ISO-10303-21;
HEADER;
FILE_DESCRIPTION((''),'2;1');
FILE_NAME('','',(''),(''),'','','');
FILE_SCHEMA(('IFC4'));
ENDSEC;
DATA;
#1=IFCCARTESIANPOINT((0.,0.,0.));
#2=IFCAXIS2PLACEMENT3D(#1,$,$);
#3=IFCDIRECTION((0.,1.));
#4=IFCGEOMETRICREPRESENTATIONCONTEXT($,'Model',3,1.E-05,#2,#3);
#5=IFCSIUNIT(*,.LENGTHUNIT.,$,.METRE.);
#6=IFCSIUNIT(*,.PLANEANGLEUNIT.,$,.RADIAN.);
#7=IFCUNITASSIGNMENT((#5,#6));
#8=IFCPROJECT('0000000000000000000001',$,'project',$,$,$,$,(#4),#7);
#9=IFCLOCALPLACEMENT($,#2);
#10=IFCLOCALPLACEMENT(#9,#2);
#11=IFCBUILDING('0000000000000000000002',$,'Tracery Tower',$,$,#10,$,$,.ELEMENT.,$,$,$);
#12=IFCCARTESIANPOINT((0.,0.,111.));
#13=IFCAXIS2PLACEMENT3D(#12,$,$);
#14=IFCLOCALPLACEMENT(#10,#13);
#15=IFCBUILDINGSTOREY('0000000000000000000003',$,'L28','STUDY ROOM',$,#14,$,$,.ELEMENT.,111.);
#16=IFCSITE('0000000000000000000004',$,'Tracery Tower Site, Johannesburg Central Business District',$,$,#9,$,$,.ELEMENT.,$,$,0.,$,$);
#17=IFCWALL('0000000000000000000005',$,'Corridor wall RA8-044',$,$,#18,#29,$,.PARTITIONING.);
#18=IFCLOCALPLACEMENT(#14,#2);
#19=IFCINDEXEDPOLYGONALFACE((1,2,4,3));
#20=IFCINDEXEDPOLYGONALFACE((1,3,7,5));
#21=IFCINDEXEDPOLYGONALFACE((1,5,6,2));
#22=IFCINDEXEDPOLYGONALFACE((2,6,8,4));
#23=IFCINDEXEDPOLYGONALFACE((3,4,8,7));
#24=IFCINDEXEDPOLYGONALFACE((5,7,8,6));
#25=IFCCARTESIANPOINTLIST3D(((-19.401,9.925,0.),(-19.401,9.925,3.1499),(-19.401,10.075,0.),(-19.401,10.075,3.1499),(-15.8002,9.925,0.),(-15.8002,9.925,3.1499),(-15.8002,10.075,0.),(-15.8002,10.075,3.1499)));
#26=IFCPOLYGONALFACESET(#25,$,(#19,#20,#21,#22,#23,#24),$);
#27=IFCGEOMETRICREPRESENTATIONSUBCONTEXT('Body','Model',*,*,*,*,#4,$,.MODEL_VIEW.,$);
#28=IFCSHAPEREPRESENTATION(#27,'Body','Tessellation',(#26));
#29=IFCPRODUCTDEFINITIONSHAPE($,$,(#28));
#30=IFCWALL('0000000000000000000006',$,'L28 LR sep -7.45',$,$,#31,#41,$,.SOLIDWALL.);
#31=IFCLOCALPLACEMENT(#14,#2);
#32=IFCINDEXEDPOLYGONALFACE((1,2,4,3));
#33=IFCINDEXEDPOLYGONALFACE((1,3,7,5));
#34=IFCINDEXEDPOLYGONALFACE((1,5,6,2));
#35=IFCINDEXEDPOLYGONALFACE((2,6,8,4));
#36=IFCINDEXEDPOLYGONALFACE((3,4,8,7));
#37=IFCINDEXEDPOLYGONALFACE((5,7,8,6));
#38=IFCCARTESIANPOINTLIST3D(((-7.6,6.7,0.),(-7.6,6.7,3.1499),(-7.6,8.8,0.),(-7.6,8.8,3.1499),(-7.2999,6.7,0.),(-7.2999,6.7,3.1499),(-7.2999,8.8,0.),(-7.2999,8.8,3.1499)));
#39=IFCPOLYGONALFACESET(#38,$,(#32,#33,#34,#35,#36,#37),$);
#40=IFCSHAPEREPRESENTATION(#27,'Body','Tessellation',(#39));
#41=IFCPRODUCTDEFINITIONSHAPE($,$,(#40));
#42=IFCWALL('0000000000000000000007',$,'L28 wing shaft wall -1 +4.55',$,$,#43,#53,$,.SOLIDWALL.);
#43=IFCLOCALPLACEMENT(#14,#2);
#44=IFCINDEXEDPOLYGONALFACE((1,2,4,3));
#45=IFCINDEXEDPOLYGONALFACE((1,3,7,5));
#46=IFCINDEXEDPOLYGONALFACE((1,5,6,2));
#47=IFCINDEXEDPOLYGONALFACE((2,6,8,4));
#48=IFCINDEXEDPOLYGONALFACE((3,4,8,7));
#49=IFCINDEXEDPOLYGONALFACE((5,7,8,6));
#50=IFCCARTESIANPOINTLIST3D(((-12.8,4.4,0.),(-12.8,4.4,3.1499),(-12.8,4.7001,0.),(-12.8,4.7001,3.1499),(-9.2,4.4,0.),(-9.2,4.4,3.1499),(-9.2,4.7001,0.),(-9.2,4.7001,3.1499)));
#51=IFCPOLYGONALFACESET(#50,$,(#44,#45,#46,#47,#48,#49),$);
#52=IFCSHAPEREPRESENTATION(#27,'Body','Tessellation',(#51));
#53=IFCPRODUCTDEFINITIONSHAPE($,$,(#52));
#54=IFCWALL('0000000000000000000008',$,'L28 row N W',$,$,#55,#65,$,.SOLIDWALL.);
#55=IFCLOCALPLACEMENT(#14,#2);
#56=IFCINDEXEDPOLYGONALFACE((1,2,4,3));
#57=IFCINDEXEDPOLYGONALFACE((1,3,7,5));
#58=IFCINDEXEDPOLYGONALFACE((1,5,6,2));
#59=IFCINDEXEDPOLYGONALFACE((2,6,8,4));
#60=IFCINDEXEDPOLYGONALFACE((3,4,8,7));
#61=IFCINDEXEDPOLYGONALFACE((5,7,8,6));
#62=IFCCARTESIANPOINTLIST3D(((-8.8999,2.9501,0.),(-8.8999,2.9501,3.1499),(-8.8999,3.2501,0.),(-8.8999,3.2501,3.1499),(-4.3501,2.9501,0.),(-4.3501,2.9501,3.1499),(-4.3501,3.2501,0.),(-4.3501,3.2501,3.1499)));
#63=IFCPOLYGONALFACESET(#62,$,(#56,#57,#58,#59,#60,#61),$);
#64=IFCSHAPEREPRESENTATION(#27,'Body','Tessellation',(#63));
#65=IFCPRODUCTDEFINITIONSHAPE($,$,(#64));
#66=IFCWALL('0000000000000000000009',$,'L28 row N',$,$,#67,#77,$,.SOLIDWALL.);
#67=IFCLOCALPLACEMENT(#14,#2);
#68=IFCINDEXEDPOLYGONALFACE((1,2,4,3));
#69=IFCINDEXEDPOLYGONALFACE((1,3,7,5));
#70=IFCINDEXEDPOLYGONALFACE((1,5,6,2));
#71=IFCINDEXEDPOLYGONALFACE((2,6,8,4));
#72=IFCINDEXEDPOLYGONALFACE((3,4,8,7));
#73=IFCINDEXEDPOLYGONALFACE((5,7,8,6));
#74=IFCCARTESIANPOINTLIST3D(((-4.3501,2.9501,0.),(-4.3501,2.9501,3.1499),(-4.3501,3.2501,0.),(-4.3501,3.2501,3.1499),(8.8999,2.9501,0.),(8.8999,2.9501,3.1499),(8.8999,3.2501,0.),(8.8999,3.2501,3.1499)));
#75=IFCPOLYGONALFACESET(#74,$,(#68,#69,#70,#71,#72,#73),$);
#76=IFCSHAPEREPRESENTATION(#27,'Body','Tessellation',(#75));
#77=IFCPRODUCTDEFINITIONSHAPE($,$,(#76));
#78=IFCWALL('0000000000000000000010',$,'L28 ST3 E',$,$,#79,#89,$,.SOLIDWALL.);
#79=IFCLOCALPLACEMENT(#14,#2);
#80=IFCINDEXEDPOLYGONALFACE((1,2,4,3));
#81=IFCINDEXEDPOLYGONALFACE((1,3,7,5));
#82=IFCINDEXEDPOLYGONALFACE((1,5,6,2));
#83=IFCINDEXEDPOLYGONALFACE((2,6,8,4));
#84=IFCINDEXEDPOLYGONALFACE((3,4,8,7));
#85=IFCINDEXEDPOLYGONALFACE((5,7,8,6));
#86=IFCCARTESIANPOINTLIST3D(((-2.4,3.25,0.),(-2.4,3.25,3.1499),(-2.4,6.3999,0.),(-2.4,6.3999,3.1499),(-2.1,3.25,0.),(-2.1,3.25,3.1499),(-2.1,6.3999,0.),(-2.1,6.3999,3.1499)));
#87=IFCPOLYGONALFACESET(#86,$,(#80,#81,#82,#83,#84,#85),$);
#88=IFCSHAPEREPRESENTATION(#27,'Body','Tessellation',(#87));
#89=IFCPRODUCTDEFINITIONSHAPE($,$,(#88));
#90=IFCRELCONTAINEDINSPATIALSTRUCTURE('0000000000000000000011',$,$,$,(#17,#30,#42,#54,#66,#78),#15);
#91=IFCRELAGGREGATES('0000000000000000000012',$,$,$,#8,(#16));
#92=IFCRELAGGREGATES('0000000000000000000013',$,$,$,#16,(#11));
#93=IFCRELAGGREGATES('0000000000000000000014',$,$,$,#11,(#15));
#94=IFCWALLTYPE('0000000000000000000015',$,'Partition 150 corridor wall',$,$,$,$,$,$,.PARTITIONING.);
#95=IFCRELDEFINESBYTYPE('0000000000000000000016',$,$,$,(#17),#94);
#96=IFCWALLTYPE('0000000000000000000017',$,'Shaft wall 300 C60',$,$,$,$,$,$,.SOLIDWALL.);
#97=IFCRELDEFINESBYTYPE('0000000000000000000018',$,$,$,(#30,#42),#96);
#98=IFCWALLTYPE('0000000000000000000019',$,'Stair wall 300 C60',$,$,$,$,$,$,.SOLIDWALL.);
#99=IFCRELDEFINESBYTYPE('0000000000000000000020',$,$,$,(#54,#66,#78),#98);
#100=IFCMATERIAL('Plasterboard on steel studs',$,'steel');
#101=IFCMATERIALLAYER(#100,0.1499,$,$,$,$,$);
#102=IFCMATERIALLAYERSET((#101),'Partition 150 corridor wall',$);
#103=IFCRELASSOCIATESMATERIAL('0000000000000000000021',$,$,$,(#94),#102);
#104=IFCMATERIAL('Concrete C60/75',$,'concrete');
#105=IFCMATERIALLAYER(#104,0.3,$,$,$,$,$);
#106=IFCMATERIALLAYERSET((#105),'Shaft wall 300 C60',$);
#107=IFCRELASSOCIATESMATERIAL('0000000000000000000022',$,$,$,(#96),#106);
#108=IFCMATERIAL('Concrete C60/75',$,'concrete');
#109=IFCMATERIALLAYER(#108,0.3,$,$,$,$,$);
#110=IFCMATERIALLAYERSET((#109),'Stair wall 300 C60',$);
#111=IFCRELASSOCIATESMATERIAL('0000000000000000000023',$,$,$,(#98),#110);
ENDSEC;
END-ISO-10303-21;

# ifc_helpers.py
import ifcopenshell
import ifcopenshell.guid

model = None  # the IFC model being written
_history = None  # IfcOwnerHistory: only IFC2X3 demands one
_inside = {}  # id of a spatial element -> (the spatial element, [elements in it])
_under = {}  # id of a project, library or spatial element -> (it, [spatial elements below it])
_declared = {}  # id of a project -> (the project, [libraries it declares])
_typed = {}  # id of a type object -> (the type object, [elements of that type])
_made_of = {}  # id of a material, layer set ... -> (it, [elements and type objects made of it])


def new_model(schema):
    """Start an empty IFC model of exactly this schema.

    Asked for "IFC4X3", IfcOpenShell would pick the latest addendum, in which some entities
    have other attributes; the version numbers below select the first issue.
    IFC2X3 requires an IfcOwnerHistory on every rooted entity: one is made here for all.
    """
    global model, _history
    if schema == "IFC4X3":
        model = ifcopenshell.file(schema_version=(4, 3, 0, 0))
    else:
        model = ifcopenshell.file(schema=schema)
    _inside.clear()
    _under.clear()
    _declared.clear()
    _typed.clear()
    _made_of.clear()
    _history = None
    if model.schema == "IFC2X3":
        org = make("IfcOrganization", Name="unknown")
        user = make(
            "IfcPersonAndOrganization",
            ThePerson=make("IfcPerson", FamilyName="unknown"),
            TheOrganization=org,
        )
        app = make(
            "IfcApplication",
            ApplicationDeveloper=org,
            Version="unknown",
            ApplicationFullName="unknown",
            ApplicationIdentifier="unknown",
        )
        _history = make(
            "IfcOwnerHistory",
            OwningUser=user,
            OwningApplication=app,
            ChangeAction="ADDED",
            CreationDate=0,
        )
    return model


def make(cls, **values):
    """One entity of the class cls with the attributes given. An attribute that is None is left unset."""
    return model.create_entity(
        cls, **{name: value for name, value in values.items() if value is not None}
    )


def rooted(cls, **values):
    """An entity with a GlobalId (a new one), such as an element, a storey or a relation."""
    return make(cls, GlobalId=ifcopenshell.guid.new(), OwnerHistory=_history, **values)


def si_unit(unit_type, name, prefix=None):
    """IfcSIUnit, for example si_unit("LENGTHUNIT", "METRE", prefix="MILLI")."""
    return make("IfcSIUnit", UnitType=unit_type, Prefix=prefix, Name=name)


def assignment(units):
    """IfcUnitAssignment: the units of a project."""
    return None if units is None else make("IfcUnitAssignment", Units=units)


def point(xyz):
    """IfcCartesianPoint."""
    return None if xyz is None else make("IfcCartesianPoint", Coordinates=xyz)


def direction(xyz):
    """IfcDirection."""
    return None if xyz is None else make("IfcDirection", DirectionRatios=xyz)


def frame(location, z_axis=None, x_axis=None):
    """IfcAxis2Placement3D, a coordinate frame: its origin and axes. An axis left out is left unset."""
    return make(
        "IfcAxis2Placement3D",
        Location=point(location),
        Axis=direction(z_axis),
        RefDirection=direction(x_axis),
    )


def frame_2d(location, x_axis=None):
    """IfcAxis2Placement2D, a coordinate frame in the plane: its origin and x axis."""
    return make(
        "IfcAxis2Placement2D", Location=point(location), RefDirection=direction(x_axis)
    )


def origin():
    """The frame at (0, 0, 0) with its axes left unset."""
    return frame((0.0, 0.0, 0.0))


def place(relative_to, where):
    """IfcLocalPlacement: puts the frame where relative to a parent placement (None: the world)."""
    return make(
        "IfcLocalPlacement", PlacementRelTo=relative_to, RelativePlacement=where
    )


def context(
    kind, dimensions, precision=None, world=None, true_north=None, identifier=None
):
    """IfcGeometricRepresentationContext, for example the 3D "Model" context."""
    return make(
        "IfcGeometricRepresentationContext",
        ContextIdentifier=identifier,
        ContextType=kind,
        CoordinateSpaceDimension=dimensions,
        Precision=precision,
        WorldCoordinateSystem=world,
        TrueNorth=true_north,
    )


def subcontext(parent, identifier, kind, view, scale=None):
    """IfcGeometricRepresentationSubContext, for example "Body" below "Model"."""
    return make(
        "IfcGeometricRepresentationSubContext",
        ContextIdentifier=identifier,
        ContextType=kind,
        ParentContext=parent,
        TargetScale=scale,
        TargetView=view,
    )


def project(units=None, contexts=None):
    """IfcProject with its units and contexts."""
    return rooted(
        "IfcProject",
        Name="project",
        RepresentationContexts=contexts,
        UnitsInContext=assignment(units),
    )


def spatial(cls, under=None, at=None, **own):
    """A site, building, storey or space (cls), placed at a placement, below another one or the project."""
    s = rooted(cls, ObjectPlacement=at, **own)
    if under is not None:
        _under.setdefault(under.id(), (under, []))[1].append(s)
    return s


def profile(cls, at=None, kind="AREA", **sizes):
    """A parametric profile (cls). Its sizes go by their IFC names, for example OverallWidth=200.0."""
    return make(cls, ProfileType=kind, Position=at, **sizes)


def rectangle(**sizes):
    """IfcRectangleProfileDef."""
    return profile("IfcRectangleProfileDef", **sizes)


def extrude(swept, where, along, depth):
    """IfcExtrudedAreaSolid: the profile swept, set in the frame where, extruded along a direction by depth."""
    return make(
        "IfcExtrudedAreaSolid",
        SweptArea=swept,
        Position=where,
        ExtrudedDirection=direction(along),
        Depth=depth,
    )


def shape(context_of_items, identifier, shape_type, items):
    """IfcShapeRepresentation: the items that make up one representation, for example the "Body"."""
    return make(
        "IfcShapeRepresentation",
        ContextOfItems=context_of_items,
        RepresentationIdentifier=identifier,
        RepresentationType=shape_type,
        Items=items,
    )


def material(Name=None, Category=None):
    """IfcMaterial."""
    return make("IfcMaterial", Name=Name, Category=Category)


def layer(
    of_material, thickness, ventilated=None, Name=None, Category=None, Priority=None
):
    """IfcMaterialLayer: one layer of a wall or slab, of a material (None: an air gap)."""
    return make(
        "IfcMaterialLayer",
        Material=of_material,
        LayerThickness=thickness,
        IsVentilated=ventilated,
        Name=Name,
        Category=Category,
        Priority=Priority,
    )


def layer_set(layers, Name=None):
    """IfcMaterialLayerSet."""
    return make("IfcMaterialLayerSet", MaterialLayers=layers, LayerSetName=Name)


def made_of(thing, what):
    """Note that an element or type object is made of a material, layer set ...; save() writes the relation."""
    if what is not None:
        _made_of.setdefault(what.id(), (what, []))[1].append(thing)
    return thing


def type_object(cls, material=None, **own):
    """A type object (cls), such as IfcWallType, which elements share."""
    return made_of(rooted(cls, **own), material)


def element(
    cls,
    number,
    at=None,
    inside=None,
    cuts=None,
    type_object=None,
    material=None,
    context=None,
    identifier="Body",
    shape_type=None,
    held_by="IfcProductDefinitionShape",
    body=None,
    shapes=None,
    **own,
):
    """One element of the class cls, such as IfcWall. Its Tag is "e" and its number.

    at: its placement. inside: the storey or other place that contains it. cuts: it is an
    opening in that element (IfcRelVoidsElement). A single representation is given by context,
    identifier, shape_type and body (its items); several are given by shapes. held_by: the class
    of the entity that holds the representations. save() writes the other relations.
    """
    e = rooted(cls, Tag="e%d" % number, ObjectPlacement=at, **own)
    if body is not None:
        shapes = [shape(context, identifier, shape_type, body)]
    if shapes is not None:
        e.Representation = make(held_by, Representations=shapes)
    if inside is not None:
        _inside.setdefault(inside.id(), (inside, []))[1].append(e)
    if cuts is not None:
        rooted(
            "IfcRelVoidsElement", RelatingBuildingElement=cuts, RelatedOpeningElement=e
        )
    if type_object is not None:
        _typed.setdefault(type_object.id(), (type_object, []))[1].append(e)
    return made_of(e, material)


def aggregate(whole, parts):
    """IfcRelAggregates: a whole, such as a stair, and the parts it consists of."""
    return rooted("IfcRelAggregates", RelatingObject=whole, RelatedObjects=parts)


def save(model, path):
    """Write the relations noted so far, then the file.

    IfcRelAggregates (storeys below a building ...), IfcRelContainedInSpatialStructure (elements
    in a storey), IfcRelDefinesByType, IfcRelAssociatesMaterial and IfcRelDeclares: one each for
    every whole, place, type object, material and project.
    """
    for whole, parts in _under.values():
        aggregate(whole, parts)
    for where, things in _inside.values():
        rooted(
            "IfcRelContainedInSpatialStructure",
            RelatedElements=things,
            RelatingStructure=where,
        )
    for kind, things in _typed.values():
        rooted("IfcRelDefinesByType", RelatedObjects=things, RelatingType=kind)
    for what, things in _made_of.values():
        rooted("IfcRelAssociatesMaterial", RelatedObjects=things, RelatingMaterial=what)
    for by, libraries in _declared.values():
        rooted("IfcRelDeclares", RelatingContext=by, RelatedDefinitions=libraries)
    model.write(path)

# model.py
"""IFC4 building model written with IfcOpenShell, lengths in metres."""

from ifc_helpers import new_model, si_unit, direction, frame, frame_2d, origin, place, context, subcontext, project, spatial, rectangle, extrude, material, layer, layer_set, type_object, element, save


model = new_model("IFC4")

# Units and contexts
model_context = context("Model", 3, precision=1e-05, world=origin(), true_north=direction((0.0, 1.0)))
body_context = subcontext(model_context, "Body", "Model", "MODEL_VIEW")
ifc_project = project(units=[si_unit("LENGTHUNIT", "METRE"), si_unit("PLANEANGLEUNIT", "RADIAN")], contexts=[model_context])

# Site, building, storey
site_placement = place(None, origin())
site = spatial("IfcSite", under=ifc_project, at=site_placement, Name="Tracery Tower Site, Johannesburg Central Business District", CompositionType="ELEMENT", RefElevation=0.0)
building_placement = place(site_placement, origin())
building = spatial("IfcBuilding", under=site, at=building_placement, Name="Tracery Tower", CompositionType="ELEMENT")
storey_placement = place(building_placement, frame((0.0, 0.0, 111.0)))
storey = spatial("IfcBuildingStorey", under=building, at=storey_placement, Name="L28", Description="STUDY ROOM", CompositionType="ELEMENT", Elevation=111.0)

# Shared definitions
ifc_material_1 = material(Name="Plasterboard on steel studs", Category="steel")
ifc_layer_1 = layer(ifc_material_1, 0.1499)
ifc_layer_set_1 = layer_set([ifc_layer_1], Name="Partition 150 corridor wall")
wall_type_1 = type_object("IfcWallType", Name="Partition 150 corridor wall", PredefinedType="PARTITIONING", material=ifc_layer_set_1)

# Walls
wall_1_placement = place(storey_placement, frame((-19.4009, 10.0, 0.0), z_axis=(0.0, 0.0, 1.0), x_axis=(1.0, 0.0, 0.0)))
element("IfcWall", 1, at=wall_1_placement, inside=storey, type_object=wall_type_1, Name="Corridor wall RA8-044", PredefinedType="PARTITIONING", context=body_context, shape_type="SweptSolid", body=[
    extrude(rectangle(XDim=3.6008, YDim=0.1499, at=frame_2d((1.8003, 0.0))), origin(), (0.0, 0.0, 1.0), 3.1499),
])
ifc_material_2 = material(Name="Concrete C60/75", Category="concrete")
ifc_layer_2 = layer(ifc_material_2, 0.3)
ifc_layer_set_2 = layer_set([ifc_layer_2], Name="Shaft wall 300 C60")
wall_type_2 = type_object("IfcWallType", Name="Shaft wall 300 C60", PredefinedType="SOLIDWALL", material=ifc_layer_set_2)
wall_2_placement = place(storey_placement, frame((-7.45, 6.7, 0.0), z_axis=(0.0, 0.0, 1.0), x_axis=(0.0, 1.0, 0.0)))
element("IfcWall", 2, at=wall_2_placement, inside=storey, type_object=wall_type_2, Name="L28 LR sep -7.45", PredefinedType="SOLIDWALL", context=body_context, shape_type="SweptSolid", body=[
    extrude(rectangle(XDim=2.1001, YDim=0.3, at=frame_2d((1.05, 0.0))), origin(), (0.0, 0.0, 1.0), 3.1499),
])

# Wall
wall_3_placement = place(storey_placement, frame((-12.8, 4.55, 0.0), z_axis=(0.0, 0.0, 1.0), x_axis=(1.0, 0.0, 0.0)))
element("IfcWall", 3, at=wall_3_placement, inside=storey, type_object=wall_type_2, Name="L28 wing shaft wall -1 +4.55", PredefinedType="SOLIDWALL", context=body_context, shape_type="SweptSolid", body=[
    extrude(rectangle(XDim=3.6001, YDim=0.3, at=frame_2d((1.8, 0.0))), origin(), (0.0, 0.0, 1.0), 3.1499),
])

# Walls
ifc_material_3 = material(Name="Concrete C60/75", Category="concrete")
ifc_layer_3 = layer(ifc_material_3, 0.3)
ifc_layer_set_3 = layer_set([ifc_layer_3], Name="Stair wall 300 C60")
wall_type_3 = type_object("IfcWallType", Name="Stair wall 300 C60", PredefinedType="SOLIDWALL", material=ifc_layer_set_3)
wall_4_placement = place(storey_placement, frame((-8.8999, 3.1001, 0.0), z_axis=(0.0, 0.0, 1.0), x_axis=(1.0, 0.0, 0.0)))
element("IfcWall", 4, at=wall_4_placement, inside=storey, type_object=wall_type_3, Name="L28 row N W", PredefinedType="SOLIDWALL", context=body_context, shape_type="SweptSolid", body=[
    extrude(rectangle(XDim=4.5498, YDim=0.3, at=frame_2d((2.2749, 0.0))), origin(), (0.0, 0.0, 1.0), 3.1499),
])
wall_5_placement = place(storey_placement, frame((-4.3501, 3.1001, 0.0), z_axis=(0.0, 0.0, 1.0), x_axis=(1.0, 0.0, 0.0)))
element("IfcWall", 5, at=wall_5_placement, inside=storey, type_object=wall_type_3, Name="L28 row N", PredefinedType="SOLIDWALL", context=body_context, shape_type="SweptSolid", body=[
    extrude(rectangle(XDim=13.25, YDim=0.3, at=frame_2d((6.625, 0.0))), origin(), (0.0, 0.0, 1.0), 3.1499),
])
wall_6_placement = place(storey_placement, frame((-2.25, 3.25, 0.0), z_axis=(0.0, 0.0, 1.0), x_axis=(0.0, 1.0, 0.0)))
element("IfcWall", 6, at=wall_6_placement, inside=storey, type_object=wall_type_3, Name="L28 ST3 E", PredefinedType="SOLIDWALL", context=body_context, shape_type="SweptSolid", body=[
    extrude(rectangle(XDim=3.1499, YDim=0.3, at=frame_2d((1.575, 0.0))), origin(), (0.0, 0.0, 1.0), 3.1499),
])

save(model, "model.ifc")
